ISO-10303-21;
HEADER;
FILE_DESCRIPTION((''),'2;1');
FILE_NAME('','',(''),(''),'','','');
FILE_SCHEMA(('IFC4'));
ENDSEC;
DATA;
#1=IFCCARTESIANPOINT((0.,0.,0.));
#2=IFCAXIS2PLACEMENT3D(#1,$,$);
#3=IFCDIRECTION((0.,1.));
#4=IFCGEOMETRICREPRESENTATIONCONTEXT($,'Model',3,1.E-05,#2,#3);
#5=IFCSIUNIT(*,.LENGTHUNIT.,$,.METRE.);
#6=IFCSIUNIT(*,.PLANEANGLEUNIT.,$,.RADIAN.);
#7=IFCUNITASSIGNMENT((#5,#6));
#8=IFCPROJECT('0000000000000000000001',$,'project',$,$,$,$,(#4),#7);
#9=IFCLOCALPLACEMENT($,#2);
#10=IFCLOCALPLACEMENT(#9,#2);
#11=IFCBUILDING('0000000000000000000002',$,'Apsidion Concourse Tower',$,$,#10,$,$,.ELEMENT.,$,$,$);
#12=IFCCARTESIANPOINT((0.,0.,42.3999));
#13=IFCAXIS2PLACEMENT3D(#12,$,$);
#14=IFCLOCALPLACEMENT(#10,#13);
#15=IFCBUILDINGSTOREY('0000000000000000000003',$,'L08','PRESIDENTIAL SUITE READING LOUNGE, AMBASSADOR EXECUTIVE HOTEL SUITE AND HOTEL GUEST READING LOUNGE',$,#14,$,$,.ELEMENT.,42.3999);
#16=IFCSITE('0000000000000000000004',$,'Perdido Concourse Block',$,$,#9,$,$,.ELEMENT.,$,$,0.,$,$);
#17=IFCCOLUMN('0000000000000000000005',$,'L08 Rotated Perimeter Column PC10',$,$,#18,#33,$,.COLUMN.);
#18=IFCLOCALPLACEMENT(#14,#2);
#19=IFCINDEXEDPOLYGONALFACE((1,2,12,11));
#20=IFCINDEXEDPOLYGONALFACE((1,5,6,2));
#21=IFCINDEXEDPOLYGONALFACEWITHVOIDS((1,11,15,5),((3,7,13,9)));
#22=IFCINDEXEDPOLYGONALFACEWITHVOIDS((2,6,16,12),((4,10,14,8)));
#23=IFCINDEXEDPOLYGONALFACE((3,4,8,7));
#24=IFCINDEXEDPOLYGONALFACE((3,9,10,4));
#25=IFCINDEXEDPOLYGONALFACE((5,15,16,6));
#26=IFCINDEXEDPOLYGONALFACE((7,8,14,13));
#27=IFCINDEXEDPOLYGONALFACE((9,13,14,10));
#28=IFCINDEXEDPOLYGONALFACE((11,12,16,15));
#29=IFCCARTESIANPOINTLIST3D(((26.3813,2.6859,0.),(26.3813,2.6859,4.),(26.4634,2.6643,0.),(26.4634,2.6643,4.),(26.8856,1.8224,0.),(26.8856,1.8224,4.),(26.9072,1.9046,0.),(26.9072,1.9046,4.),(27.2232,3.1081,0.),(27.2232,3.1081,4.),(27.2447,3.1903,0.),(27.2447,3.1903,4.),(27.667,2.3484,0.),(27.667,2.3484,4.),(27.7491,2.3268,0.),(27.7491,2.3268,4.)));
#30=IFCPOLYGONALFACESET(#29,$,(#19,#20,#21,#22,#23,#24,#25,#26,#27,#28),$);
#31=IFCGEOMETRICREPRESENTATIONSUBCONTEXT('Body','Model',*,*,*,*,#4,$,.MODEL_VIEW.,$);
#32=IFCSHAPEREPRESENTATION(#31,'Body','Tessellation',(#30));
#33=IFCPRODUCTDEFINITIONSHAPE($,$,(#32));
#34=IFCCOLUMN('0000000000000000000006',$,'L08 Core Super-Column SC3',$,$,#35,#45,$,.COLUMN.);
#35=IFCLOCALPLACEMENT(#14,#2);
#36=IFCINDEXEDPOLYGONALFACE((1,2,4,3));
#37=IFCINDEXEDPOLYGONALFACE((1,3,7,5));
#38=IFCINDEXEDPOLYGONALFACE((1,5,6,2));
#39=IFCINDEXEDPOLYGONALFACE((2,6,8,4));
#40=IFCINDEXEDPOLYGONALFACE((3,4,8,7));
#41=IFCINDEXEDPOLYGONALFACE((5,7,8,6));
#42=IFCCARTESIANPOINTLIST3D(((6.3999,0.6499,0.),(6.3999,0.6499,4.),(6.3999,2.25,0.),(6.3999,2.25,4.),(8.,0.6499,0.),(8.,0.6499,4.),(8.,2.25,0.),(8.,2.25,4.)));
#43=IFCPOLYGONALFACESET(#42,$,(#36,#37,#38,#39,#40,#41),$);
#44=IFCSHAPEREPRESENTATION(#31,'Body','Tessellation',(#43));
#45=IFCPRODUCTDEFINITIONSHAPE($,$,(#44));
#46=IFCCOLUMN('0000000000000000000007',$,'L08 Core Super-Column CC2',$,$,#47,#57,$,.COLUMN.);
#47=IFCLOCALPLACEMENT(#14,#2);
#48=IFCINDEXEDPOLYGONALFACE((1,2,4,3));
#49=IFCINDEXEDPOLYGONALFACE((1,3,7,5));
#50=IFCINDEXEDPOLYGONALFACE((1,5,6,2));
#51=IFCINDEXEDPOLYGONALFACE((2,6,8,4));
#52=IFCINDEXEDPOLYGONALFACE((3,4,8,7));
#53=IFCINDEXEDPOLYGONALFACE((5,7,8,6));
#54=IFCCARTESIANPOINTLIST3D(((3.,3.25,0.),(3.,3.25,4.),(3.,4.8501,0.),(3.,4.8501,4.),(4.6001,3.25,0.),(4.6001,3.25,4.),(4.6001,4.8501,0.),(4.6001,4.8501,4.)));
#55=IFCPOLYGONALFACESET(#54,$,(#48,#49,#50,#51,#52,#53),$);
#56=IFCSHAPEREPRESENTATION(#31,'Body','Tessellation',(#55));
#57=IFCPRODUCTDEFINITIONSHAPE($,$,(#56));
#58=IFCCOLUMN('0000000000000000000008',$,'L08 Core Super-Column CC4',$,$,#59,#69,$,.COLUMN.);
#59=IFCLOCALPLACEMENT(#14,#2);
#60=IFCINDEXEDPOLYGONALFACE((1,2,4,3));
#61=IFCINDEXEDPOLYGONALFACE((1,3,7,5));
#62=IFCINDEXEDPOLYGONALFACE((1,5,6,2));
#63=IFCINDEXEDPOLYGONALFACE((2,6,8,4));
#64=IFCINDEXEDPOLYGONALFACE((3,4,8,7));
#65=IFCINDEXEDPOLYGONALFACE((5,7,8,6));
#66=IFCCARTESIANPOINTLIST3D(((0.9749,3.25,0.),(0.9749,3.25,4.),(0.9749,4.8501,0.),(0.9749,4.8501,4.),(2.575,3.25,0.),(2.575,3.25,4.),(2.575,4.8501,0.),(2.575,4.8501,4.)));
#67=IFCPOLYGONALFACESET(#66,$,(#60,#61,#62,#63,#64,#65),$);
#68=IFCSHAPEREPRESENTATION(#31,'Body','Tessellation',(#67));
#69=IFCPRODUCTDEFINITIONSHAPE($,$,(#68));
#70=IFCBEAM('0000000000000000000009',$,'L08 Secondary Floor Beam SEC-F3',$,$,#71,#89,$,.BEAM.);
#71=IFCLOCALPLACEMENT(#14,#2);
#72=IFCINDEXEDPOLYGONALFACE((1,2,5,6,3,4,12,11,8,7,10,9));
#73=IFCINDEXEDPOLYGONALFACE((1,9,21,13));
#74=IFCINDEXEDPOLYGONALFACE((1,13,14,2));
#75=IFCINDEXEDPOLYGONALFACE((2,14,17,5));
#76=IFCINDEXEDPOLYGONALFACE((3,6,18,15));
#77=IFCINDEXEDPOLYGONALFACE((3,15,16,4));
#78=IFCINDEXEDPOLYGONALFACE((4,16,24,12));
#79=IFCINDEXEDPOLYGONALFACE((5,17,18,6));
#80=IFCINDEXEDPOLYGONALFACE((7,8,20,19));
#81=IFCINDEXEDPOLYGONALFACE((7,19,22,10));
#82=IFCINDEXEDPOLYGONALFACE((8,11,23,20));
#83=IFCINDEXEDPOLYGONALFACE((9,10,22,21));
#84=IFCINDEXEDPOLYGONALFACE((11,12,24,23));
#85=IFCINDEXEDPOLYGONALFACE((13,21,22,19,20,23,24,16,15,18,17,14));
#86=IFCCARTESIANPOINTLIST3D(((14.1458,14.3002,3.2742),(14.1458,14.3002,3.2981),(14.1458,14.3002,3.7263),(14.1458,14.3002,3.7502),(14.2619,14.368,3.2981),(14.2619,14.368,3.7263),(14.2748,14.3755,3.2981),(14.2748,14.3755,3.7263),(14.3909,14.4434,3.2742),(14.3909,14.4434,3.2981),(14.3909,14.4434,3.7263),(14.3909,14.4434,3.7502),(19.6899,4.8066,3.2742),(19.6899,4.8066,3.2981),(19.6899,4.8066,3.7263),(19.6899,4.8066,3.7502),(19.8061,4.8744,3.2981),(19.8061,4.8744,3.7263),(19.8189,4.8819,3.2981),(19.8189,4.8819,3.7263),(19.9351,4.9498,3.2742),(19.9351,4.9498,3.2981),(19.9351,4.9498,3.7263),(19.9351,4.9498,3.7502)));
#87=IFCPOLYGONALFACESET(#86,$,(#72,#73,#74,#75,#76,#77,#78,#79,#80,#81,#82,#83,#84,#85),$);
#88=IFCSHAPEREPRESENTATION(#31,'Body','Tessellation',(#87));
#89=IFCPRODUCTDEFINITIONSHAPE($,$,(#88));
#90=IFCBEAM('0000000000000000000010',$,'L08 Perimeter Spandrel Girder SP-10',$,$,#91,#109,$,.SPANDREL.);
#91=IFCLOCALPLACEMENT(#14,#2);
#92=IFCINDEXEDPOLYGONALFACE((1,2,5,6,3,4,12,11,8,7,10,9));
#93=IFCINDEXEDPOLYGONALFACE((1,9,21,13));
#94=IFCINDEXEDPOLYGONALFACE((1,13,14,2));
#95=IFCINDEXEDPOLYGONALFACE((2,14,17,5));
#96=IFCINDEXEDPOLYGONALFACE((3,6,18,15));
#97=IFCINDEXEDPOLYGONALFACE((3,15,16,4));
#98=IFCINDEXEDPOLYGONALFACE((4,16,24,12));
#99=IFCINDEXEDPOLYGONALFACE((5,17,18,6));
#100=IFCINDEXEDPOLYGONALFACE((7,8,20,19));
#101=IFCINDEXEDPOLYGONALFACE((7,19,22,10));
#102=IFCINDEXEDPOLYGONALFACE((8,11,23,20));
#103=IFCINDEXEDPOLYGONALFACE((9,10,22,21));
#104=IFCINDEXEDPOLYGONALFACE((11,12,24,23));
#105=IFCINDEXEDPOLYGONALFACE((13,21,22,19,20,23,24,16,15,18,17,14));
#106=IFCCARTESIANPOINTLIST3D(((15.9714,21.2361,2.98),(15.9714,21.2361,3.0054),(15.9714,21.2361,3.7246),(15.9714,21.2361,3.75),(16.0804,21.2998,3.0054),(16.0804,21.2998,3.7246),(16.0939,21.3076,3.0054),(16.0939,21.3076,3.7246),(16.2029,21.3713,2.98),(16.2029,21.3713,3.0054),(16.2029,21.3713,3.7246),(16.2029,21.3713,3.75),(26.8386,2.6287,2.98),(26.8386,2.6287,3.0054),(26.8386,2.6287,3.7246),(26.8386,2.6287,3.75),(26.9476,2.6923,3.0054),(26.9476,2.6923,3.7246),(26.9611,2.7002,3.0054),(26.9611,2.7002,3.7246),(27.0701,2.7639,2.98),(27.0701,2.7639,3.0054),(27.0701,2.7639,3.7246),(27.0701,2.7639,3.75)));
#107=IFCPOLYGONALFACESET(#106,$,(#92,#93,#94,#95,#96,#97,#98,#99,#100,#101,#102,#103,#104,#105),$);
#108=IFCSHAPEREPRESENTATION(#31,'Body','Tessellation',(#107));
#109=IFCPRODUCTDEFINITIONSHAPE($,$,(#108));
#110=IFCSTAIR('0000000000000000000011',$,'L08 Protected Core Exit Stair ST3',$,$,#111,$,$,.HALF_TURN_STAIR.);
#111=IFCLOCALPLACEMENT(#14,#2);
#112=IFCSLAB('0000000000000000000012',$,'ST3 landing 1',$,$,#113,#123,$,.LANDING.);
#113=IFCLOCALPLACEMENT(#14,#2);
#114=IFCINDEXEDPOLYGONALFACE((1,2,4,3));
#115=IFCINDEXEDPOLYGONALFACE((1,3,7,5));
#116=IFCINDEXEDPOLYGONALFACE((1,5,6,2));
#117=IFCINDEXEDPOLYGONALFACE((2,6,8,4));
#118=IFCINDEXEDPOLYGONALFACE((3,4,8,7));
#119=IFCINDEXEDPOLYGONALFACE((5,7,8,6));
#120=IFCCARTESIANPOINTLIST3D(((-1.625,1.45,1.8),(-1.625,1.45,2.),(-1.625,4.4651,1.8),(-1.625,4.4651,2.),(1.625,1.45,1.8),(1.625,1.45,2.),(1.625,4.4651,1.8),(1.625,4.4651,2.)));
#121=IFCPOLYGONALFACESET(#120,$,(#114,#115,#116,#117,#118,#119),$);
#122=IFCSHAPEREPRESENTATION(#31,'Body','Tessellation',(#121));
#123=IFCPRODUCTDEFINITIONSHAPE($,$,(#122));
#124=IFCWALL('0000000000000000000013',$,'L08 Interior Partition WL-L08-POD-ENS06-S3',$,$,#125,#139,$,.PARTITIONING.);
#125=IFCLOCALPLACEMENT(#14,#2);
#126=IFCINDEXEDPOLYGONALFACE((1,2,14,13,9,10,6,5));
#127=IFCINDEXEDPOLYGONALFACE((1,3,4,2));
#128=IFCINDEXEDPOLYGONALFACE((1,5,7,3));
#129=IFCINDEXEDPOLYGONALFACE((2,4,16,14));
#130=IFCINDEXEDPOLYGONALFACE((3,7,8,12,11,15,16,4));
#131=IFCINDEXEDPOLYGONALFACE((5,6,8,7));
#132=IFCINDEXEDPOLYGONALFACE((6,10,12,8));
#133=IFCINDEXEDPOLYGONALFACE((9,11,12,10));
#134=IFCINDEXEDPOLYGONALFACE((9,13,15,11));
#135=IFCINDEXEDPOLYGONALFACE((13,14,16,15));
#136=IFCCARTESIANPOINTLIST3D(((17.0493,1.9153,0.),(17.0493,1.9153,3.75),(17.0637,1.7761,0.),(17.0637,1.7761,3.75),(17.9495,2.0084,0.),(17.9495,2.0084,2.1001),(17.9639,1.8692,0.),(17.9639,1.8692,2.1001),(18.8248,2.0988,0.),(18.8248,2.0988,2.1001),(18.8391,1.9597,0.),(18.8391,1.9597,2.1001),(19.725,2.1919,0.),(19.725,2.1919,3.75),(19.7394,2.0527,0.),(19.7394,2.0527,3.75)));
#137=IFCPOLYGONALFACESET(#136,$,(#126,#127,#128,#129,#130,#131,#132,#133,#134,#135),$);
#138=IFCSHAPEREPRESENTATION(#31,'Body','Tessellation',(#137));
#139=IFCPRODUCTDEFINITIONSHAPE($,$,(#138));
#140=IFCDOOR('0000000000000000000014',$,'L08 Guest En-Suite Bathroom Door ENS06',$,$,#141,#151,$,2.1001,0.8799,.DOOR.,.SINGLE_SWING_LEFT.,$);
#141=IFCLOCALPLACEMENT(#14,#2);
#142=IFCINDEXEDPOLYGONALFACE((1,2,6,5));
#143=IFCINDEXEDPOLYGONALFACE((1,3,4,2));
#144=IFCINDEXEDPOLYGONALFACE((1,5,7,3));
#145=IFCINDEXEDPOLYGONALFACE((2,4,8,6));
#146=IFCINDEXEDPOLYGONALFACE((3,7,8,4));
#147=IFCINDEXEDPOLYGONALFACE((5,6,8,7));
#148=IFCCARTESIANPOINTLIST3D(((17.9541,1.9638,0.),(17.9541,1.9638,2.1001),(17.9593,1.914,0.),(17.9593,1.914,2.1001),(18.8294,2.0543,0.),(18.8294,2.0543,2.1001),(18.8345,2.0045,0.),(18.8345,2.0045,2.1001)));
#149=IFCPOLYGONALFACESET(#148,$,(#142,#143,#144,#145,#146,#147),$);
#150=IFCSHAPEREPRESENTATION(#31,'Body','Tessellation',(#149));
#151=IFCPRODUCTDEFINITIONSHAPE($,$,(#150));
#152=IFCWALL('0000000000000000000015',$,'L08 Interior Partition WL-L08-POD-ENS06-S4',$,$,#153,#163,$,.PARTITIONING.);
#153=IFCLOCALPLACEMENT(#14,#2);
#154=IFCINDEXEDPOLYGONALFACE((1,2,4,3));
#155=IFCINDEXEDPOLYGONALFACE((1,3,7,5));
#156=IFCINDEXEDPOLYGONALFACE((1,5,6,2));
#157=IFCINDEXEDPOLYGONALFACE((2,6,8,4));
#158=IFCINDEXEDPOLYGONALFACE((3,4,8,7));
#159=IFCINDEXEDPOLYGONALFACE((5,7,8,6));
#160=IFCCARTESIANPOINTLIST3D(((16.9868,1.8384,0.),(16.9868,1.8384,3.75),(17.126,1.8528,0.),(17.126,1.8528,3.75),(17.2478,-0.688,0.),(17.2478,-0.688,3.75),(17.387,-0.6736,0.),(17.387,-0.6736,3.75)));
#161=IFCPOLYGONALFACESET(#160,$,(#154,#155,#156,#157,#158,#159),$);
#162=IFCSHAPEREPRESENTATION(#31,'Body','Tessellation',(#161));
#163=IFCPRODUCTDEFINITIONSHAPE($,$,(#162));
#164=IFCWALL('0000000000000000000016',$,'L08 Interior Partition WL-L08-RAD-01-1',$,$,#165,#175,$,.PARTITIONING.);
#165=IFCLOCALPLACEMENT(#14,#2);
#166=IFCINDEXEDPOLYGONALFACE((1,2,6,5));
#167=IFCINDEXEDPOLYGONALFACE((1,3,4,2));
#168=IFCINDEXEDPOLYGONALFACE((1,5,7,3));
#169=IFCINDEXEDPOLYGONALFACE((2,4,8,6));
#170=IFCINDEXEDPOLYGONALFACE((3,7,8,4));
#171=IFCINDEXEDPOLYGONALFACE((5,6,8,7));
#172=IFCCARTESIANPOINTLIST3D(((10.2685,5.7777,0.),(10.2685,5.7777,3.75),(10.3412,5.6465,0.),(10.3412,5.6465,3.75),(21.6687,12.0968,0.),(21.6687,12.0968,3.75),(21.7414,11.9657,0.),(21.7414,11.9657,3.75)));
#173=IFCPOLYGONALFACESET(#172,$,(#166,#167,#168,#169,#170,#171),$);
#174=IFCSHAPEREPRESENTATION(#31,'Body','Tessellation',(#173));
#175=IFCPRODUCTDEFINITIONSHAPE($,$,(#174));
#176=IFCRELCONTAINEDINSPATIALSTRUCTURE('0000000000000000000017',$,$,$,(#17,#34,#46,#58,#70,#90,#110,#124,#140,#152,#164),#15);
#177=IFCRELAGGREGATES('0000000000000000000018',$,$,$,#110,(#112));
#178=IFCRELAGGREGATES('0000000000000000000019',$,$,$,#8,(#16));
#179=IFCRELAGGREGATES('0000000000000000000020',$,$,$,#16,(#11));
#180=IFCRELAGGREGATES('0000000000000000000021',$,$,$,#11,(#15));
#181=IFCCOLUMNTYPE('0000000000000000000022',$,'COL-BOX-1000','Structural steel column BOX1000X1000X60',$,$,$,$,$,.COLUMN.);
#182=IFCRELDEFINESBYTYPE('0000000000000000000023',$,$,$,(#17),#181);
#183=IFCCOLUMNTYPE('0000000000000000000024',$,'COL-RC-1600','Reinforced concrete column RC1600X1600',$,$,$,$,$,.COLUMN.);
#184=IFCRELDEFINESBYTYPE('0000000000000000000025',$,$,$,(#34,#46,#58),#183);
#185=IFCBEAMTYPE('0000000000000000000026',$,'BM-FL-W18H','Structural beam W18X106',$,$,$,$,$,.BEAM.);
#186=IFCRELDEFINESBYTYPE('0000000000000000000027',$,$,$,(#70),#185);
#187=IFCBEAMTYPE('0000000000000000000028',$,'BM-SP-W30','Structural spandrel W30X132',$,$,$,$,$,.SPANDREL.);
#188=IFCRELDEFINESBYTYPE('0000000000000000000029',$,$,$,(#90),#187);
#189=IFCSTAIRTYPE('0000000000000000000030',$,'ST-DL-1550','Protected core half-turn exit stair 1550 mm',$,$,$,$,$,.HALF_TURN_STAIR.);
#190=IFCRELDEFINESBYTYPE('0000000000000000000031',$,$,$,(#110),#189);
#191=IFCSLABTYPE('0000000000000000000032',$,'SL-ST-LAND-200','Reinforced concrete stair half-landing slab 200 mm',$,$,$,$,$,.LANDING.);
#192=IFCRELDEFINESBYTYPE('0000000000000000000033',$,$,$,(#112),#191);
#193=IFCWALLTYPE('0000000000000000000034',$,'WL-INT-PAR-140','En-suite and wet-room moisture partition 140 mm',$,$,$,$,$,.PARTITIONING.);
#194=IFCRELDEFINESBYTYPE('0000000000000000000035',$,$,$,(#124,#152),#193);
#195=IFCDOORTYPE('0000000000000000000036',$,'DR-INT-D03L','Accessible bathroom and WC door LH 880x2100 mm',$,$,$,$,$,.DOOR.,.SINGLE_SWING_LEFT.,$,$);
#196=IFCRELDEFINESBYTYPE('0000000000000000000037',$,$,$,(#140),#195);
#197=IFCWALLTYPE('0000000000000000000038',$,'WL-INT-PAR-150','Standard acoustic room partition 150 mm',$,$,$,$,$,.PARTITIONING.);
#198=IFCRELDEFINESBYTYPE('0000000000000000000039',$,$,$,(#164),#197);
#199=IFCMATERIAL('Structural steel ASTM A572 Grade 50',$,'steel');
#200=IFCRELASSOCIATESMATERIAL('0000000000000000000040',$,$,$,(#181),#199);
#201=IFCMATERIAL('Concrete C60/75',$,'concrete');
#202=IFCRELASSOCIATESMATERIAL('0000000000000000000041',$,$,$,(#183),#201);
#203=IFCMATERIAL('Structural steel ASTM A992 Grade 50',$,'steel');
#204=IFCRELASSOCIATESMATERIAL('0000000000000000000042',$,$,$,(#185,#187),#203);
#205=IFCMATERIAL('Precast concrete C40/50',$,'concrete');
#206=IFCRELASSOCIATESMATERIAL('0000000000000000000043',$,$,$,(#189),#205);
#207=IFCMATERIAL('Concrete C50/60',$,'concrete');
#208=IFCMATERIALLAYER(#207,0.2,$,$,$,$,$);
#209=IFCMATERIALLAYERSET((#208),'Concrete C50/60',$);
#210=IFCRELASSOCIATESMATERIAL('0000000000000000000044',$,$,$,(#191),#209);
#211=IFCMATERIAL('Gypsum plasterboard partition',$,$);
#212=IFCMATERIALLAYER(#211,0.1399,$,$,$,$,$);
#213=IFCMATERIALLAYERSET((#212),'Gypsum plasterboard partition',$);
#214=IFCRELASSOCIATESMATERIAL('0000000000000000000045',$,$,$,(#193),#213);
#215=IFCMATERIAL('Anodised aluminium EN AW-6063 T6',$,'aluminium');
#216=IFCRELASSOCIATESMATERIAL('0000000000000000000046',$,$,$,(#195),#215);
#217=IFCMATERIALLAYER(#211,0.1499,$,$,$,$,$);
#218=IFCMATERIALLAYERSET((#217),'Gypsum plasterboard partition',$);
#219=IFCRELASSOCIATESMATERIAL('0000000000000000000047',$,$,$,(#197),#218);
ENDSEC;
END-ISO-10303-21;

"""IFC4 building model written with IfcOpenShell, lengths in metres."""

from ifc_helpers import new_model, si_unit, direction, frame, frame_2d, origin, origin_2d, place, context, subcontext, project, spatial, polyline, rectangle, hollow_rectangle, i_section, outline, extrude, material, layer, layer_set, material_profile, profile_set, type_object, element, fill, aggregate, save


model = new_model("IFC4")

# Units and contexts
model_context = context("Model", 3, precision=1e-05, world=origin(), true_north=direction((0.0, 1.0)))
body_context = subcontext(model_context, "Body", "Model", "MODEL_VIEW")
ifc_project = project(units=[si_unit("LENGTHUNIT", "METRE"), si_unit("PLANEANGLEUNIT", "RADIAN")], contexts=[model_context])

# Site, building, storey
site_placement = place(None, origin())
site = spatial("IfcSite", under=ifc_project, at=site_placement, Name="Perdido Concourse Block", CompositionType="ELEMENT", RefElevation=0.0)
building_placement = place(site_placement, origin())
building = spatial("IfcBuilding", under=site, at=building_placement, Name="Apsidion Concourse Tower", CompositionType="ELEMENT")
storey_placement = place(building_placement, frame((0.0, 0.0, 42.3999)))
storey = spatial("IfcBuildingStorey", under=building, at=storey_placement, Name="L08", Description="PRESIDENTIAL SUITE READING LOUNGE, AMBASSADOR EXECUTIVE HOTEL SUITE AND HOTEL GUEST READING LOUNGE", CompositionType="ELEMENT", Elevation=42.3999)

# Columns
ifc_material_1 = material(Name="Structural steel ASTM A572 Grade 50", Category="steel")
ifc_material_profile_1 = material_profile(ifc_material_1, hollow_rectangle(XDim=1.0, YDim=1.0, WallThickness=0.0601, at=origin_2d()), Name="BOX1000X1000X60")
ifc_profile_set_1 = profile_set([ifc_material_profile_1], Name="Structural steel ASTM A572 Grade 50")
column_type_1 = type_object("IfcColumnType", Name="COL-BOX-1000", Description="Structural steel column BOX1000X1000X60", PredefinedType="COLUMN", material=ifc_profile_set_1)
column_placement = place(storey_placement, frame((27.0652, 2.5063, 0.0), z_axis=(0.0, 0.0, 1.0), x_axis=(-0.504377, 0.863484, 0.0)))
element("IfcColumn", 1, at=column_placement, inside=storey, type_object=column_type_1, Name="L08 Rotated Perimeter Column PC10", PredefinedType="COLUMN", context=body_context, shape_type="SweptSolid", body=[
    extrude(hollow_rectangle(XDim=1.0, YDim=1.0, WallThickness=0.0601, at=origin_2d()), origin(), (0.0, 0.0, 1.0), 4.0),
])
ifc_material_2 = material(Name="Concrete C60/75", Category="concrete")
ifc_material_profile_2 = material_profile(ifc_material_2, rectangle(XDim=1.6001, YDim=1.6001, at=origin_2d()), Name="RC 1600x1600")
ifc_profile_set_2 = profile_set([ifc_material_profile_2], Name="Concrete C60/75")
column_type_2 = type_object("IfcColumnType", Name="COL-RC-1600", Description="Reinforced concrete column RC1600X1600", PredefinedType="COLUMN", material=ifc_profile_set_2)
for number, where, z_axis, x_axis, name in (
    (2, (7.2, 1.45, 0.0), (0.0, 0.0, 1.0), (1.0, 0.0, 0.0), "L08 Core Super-Column SC3"),
    (3, (3.8, 4.05, 0.0), (0.0, 0.0, 1.0), (1.0, 0.0, 0.0), "L08 Core Super-Column CC2"),
    (4, (1.7749, 4.05, 0.0), (0.0, 0.0, 1.0), (1.0, 0.0, 0.0), "L08 Core Super-Column CC4"),
):
    element("IfcColumn", number, at=place(storey_placement, frame(where, z_axis=z_axis, x_axis=x_axis)), inside=storey, type_object=column_type_2, Name=name, PredefinedType="COLUMN", context=body_context, shape_type="SweptSolid", body=[
        extrude(rectangle(XDim=1.6001, YDim=1.6001, at=origin_2d()), origin(), (0.0, 0.0, 1.0), 4.0),
    ])

# Beams
ifc_material_3 = material(Name="Structural steel ASTM A992 Grade 50", Category="steel")
ifc_material_profile_3 = material_profile(ifc_material_3, i_section(OverallWidth=0.2839, OverallDepth=0.4761, WebThickness=0.0149, FlangeThickness=0.0239, at=origin_2d()), Name="W18X106")
ifc_profile_set_3 = profile_set([ifc_material_profile_3], Name="Structural steel ASTM A992 Grade 50")
beam_type_1 = type_object("IfcBeamType", Name="BM-FL-W18H", Description="Structural beam W18X106", PredefinedType="BEAM", material=ifc_profile_set_3)
beam_1_placement = place(storey_placement, frame((19.8125, 4.8782, 3.5122), z_axis=(-0.504293, 0.863532, 0.0), x_axis=(-0.863532, -0.504293, 0.0)))
element("IfcBeam", 5, at=beam_1_placement, inside=storey, type_object=beam_type_1, Name="L08 Secondary Floor Beam SEC-F3", PredefinedType="BEAM", context=body_context, shape_type="SweptSolid", body=[
    extrude(i_section(OverallWidth=0.2839, OverallDepth=0.4761, WebThickness=0.0149, FlangeThickness=0.0239, at=origin_2d()), origin(), (0.0, 0.0, 1.0), 10.9939),
])
ifc_material_profile_4 = material_profile(ifc_material_3, i_section(OverallWidth=0.2681, OverallDepth=0.77, WebThickness=0.0156, FlangeThickness=0.0254, at=origin_2d()), Name="W30X132")
ifc_profile_set_4 = profile_set([ifc_material_profile_4], Name="Structural steel ASTM A992 Grade 50")
beam_type_2 = type_object("IfcBeamType", Name="BM-SP-W30", Description="Structural spandrel W30X132", PredefinedType="SPANDREL", material=ifc_profile_set_4)
beam_2_placement = place(storey_placement, frame((26.9543, 2.6963, 3.365), z_axis=(-0.504316, 0.863519, 0.0), x_axis=(-0.863519, -0.504316, 0.0)))
element("IfcBeam", 6, at=beam_2_placement, inside=storey, type_object=beam_type_2, Name="L08 Perimeter Spandrel Girder SP-10", PredefinedType="SPANDREL", context=body_context, shape_type="SweptSolid", body=[
    extrude(i_section(OverallWidth=0.2681, OverallDepth=0.77, WebThickness=0.0156, FlangeThickness=0.0254, at=origin_2d()), origin(), (0.0, 0.0, 1.0), 21.5483),
])

# Stair, slab
ifc_material_4 = material(Name="Precast concrete C40/50", Category="concrete")
stair_type = type_object("IfcStairType", Name="ST-DL-1550", Description="Protected core half-turn exit stair 1550 mm", PredefinedType="HALF_TURN_STAIR", material=ifc_material_4)
stair_1_placement = place(storey_placement, origin())
stair_1 = element("IfcStair", 7, at=stair_1_placement, inside=storey, type_object=stair_type, Name="L08 Protected Core Exit Stair ST3", PredefinedType="HALF_TURN_STAIR")
ifc_material_5 = material(Name="Concrete C50/60", Category="concrete")
ifc_layer_1 = layer(ifc_material_5, 0.2)
ifc_layer_set_1 = layer_set([ifc_layer_1], Name="Concrete C50/60")
slab_type = type_object("IfcSlabType", Name="SL-ST-LAND-200", Description="Reinforced concrete stair half-landing slab 200 mm", PredefinedType="LANDING", material=ifc_layer_set_1)
slab_placement = place(storey_placement, frame((0.0, 0.0, 1.8)))
slab = element("IfcSlab", 8, at=slab_placement, type_object=slab_type, Name="ST3 landing 1", PredefinedType="LANDING", context=body_context, shape_type="SweptSolid", body=[
    extrude(outline(polyline([(-1.625, 4.4651), (-1.625, 1.45), (1.625, 1.45), (1.625, 4.4651), (-1.625, 4.4651)])), origin(), (0.0, 0.0, 1.0), 0.2),
])

# Wall, opening, door
ifc_material_6 = material(Name="Gypsum plasterboard partition")
ifc_layer_2 = layer(ifc_material_6, 0.1399)
ifc_layer_set_2 = layer_set([ifc_layer_2], Name="Gypsum plasterboard partition")
wall_type_1 = type_object("IfcWallType", Name="WL-INT-PAR-140", Description="En-suite and wet-room moisture partition 140 mm", PredefinedType="PARTITIONING", material=ifc_layer_set_2)
wall_1_placement = place(storey_placement, frame((19.7322, 2.1223, 0.0), z_axis=(0.0, 0.0, 1.0), x_axis=(-0.994699, -0.102828, 0.0)))
wall_1 = element("IfcWall", 9, at=wall_1_placement, inside=storey, type_object=wall_type_1, Name="L08 Interior Partition WL-L08-POD-ENS06-S3", PredefinedType="PARTITIONING", context=body_context, shape_type="SweptSolid", body=[
    extrude(rectangle(XDim=2.6899, YDim=0.1399, at=frame_2d((1.345, 0.0))), origin(), (0.0, 0.0, 1.0), 3.75),
])
opening_placement = place(wall_1_placement, frame((0.905, 0.0, 0.0)))
opening = element("IfcOpeningElement", 10, at=opening_placement, cuts=wall_1, PredefinedType="OPENING", context=body_context, shape_type="SweptSolid", body=[
    extrude(rectangle(XDim=0.8799, YDim=2.1001, at=frame_2d((0.4399, 1.05))), frame((0.0, 0.0801, 0.0), z_axis=(0.0, -1.0, 0.0), x_axis=(1.0, 0.0, 0.0)), (0.0, 0.0, 1.0), 0.1599),
])
ifc_material_7 = material(Name="Anodised aluminium EN AW-6063 T6", Category="aluminium")
door_type = type_object("IfcDoorType", Name="DR-INT-D03L", Description="Accessible bathroom and WC door LH 880x2100 mm", OperationType="SINGLE_SWING_LEFT", PredefinedType="DOOR", material=ifc_material_7)
door_placement = place(opening_placement, origin())
door = element("IfcDoor", 11, at=door_placement, inside=storey, type_object=door_type, Name="L08 Guest En-Suite Bathroom Door ENS06", OperationType="SINGLE_SWING_LEFT", OverallHeight=2.1001, OverallWidth=0.8799, PredefinedType="DOOR", context=body_context, shape_type="SweptSolid", body=[
    extrude(rectangle(XDim=0.8799, YDim=2.1001, at=frame_2d((0.4399, 1.05))), frame((0.0, 0.0249, 0.0), z_axis=(0.0, -1.0, 0.0), x_axis=(1.0, 0.0, 0.0)), (0.0, 0.0, 1.0), 0.05),
])
fill(opening, door)

# Walls
wall_2_placement = place(storey_placement, frame((17.0564, 1.8457, 0.0), z_axis=(0.0, 0.0, 1.0), x_axis=(0.102758, -0.994706, 0.0)))
element("IfcWall", 12, at=wall_2_placement, inside=storey, type_object=wall_type_1, Name="L08 Interior Partition WL-L08-POD-ENS06-S4", PredefinedType="PARTITIONING", context=body_context, shape_type="SweptSolid", body=[
    extrude(rectangle(XDim=2.5398, YDim=0.1399, at=frame_2d((1.27, 0.0))), origin(), (0.0, 0.0, 1.0), 3.75),
])
ifc_layer_3 = layer(ifc_material_6, 0.1499)
ifc_layer_set_3 = layer_set([ifc_layer_3], Name="Gypsum plasterboard partition")
wall_type_2 = type_object("IfcWallType", Name="WL-INT-PAR-150", Description="Standard acoustic room partition 150 mm", PredefinedType="PARTITIONING", material=ifc_layer_set_3)
wall_3_placement = place(storey_placement, frame((10.3049, 5.7122, 0.0), z_axis=(0.0, 0.0, 1.0), x_axis=(0.874623, 0.484803, 0.0)))
element("IfcWall", 13, at=wall_3_placement, inside=storey, type_object=wall_type_2, Name="L08 Interior Partition WL-L08-RAD-01-1", PredefinedType="PARTITIONING", context=body_context, shape_type="SweptSolid", body=[
    extrude(rectangle(XDim=13.0344, YDim=0.1499, at=frame_2d((6.5171, 0.0))), origin(), (0.0, 0.0, 1.0), 3.75),
])

aggregate(stair_1, [slab])

save(model, "model.ifc")
